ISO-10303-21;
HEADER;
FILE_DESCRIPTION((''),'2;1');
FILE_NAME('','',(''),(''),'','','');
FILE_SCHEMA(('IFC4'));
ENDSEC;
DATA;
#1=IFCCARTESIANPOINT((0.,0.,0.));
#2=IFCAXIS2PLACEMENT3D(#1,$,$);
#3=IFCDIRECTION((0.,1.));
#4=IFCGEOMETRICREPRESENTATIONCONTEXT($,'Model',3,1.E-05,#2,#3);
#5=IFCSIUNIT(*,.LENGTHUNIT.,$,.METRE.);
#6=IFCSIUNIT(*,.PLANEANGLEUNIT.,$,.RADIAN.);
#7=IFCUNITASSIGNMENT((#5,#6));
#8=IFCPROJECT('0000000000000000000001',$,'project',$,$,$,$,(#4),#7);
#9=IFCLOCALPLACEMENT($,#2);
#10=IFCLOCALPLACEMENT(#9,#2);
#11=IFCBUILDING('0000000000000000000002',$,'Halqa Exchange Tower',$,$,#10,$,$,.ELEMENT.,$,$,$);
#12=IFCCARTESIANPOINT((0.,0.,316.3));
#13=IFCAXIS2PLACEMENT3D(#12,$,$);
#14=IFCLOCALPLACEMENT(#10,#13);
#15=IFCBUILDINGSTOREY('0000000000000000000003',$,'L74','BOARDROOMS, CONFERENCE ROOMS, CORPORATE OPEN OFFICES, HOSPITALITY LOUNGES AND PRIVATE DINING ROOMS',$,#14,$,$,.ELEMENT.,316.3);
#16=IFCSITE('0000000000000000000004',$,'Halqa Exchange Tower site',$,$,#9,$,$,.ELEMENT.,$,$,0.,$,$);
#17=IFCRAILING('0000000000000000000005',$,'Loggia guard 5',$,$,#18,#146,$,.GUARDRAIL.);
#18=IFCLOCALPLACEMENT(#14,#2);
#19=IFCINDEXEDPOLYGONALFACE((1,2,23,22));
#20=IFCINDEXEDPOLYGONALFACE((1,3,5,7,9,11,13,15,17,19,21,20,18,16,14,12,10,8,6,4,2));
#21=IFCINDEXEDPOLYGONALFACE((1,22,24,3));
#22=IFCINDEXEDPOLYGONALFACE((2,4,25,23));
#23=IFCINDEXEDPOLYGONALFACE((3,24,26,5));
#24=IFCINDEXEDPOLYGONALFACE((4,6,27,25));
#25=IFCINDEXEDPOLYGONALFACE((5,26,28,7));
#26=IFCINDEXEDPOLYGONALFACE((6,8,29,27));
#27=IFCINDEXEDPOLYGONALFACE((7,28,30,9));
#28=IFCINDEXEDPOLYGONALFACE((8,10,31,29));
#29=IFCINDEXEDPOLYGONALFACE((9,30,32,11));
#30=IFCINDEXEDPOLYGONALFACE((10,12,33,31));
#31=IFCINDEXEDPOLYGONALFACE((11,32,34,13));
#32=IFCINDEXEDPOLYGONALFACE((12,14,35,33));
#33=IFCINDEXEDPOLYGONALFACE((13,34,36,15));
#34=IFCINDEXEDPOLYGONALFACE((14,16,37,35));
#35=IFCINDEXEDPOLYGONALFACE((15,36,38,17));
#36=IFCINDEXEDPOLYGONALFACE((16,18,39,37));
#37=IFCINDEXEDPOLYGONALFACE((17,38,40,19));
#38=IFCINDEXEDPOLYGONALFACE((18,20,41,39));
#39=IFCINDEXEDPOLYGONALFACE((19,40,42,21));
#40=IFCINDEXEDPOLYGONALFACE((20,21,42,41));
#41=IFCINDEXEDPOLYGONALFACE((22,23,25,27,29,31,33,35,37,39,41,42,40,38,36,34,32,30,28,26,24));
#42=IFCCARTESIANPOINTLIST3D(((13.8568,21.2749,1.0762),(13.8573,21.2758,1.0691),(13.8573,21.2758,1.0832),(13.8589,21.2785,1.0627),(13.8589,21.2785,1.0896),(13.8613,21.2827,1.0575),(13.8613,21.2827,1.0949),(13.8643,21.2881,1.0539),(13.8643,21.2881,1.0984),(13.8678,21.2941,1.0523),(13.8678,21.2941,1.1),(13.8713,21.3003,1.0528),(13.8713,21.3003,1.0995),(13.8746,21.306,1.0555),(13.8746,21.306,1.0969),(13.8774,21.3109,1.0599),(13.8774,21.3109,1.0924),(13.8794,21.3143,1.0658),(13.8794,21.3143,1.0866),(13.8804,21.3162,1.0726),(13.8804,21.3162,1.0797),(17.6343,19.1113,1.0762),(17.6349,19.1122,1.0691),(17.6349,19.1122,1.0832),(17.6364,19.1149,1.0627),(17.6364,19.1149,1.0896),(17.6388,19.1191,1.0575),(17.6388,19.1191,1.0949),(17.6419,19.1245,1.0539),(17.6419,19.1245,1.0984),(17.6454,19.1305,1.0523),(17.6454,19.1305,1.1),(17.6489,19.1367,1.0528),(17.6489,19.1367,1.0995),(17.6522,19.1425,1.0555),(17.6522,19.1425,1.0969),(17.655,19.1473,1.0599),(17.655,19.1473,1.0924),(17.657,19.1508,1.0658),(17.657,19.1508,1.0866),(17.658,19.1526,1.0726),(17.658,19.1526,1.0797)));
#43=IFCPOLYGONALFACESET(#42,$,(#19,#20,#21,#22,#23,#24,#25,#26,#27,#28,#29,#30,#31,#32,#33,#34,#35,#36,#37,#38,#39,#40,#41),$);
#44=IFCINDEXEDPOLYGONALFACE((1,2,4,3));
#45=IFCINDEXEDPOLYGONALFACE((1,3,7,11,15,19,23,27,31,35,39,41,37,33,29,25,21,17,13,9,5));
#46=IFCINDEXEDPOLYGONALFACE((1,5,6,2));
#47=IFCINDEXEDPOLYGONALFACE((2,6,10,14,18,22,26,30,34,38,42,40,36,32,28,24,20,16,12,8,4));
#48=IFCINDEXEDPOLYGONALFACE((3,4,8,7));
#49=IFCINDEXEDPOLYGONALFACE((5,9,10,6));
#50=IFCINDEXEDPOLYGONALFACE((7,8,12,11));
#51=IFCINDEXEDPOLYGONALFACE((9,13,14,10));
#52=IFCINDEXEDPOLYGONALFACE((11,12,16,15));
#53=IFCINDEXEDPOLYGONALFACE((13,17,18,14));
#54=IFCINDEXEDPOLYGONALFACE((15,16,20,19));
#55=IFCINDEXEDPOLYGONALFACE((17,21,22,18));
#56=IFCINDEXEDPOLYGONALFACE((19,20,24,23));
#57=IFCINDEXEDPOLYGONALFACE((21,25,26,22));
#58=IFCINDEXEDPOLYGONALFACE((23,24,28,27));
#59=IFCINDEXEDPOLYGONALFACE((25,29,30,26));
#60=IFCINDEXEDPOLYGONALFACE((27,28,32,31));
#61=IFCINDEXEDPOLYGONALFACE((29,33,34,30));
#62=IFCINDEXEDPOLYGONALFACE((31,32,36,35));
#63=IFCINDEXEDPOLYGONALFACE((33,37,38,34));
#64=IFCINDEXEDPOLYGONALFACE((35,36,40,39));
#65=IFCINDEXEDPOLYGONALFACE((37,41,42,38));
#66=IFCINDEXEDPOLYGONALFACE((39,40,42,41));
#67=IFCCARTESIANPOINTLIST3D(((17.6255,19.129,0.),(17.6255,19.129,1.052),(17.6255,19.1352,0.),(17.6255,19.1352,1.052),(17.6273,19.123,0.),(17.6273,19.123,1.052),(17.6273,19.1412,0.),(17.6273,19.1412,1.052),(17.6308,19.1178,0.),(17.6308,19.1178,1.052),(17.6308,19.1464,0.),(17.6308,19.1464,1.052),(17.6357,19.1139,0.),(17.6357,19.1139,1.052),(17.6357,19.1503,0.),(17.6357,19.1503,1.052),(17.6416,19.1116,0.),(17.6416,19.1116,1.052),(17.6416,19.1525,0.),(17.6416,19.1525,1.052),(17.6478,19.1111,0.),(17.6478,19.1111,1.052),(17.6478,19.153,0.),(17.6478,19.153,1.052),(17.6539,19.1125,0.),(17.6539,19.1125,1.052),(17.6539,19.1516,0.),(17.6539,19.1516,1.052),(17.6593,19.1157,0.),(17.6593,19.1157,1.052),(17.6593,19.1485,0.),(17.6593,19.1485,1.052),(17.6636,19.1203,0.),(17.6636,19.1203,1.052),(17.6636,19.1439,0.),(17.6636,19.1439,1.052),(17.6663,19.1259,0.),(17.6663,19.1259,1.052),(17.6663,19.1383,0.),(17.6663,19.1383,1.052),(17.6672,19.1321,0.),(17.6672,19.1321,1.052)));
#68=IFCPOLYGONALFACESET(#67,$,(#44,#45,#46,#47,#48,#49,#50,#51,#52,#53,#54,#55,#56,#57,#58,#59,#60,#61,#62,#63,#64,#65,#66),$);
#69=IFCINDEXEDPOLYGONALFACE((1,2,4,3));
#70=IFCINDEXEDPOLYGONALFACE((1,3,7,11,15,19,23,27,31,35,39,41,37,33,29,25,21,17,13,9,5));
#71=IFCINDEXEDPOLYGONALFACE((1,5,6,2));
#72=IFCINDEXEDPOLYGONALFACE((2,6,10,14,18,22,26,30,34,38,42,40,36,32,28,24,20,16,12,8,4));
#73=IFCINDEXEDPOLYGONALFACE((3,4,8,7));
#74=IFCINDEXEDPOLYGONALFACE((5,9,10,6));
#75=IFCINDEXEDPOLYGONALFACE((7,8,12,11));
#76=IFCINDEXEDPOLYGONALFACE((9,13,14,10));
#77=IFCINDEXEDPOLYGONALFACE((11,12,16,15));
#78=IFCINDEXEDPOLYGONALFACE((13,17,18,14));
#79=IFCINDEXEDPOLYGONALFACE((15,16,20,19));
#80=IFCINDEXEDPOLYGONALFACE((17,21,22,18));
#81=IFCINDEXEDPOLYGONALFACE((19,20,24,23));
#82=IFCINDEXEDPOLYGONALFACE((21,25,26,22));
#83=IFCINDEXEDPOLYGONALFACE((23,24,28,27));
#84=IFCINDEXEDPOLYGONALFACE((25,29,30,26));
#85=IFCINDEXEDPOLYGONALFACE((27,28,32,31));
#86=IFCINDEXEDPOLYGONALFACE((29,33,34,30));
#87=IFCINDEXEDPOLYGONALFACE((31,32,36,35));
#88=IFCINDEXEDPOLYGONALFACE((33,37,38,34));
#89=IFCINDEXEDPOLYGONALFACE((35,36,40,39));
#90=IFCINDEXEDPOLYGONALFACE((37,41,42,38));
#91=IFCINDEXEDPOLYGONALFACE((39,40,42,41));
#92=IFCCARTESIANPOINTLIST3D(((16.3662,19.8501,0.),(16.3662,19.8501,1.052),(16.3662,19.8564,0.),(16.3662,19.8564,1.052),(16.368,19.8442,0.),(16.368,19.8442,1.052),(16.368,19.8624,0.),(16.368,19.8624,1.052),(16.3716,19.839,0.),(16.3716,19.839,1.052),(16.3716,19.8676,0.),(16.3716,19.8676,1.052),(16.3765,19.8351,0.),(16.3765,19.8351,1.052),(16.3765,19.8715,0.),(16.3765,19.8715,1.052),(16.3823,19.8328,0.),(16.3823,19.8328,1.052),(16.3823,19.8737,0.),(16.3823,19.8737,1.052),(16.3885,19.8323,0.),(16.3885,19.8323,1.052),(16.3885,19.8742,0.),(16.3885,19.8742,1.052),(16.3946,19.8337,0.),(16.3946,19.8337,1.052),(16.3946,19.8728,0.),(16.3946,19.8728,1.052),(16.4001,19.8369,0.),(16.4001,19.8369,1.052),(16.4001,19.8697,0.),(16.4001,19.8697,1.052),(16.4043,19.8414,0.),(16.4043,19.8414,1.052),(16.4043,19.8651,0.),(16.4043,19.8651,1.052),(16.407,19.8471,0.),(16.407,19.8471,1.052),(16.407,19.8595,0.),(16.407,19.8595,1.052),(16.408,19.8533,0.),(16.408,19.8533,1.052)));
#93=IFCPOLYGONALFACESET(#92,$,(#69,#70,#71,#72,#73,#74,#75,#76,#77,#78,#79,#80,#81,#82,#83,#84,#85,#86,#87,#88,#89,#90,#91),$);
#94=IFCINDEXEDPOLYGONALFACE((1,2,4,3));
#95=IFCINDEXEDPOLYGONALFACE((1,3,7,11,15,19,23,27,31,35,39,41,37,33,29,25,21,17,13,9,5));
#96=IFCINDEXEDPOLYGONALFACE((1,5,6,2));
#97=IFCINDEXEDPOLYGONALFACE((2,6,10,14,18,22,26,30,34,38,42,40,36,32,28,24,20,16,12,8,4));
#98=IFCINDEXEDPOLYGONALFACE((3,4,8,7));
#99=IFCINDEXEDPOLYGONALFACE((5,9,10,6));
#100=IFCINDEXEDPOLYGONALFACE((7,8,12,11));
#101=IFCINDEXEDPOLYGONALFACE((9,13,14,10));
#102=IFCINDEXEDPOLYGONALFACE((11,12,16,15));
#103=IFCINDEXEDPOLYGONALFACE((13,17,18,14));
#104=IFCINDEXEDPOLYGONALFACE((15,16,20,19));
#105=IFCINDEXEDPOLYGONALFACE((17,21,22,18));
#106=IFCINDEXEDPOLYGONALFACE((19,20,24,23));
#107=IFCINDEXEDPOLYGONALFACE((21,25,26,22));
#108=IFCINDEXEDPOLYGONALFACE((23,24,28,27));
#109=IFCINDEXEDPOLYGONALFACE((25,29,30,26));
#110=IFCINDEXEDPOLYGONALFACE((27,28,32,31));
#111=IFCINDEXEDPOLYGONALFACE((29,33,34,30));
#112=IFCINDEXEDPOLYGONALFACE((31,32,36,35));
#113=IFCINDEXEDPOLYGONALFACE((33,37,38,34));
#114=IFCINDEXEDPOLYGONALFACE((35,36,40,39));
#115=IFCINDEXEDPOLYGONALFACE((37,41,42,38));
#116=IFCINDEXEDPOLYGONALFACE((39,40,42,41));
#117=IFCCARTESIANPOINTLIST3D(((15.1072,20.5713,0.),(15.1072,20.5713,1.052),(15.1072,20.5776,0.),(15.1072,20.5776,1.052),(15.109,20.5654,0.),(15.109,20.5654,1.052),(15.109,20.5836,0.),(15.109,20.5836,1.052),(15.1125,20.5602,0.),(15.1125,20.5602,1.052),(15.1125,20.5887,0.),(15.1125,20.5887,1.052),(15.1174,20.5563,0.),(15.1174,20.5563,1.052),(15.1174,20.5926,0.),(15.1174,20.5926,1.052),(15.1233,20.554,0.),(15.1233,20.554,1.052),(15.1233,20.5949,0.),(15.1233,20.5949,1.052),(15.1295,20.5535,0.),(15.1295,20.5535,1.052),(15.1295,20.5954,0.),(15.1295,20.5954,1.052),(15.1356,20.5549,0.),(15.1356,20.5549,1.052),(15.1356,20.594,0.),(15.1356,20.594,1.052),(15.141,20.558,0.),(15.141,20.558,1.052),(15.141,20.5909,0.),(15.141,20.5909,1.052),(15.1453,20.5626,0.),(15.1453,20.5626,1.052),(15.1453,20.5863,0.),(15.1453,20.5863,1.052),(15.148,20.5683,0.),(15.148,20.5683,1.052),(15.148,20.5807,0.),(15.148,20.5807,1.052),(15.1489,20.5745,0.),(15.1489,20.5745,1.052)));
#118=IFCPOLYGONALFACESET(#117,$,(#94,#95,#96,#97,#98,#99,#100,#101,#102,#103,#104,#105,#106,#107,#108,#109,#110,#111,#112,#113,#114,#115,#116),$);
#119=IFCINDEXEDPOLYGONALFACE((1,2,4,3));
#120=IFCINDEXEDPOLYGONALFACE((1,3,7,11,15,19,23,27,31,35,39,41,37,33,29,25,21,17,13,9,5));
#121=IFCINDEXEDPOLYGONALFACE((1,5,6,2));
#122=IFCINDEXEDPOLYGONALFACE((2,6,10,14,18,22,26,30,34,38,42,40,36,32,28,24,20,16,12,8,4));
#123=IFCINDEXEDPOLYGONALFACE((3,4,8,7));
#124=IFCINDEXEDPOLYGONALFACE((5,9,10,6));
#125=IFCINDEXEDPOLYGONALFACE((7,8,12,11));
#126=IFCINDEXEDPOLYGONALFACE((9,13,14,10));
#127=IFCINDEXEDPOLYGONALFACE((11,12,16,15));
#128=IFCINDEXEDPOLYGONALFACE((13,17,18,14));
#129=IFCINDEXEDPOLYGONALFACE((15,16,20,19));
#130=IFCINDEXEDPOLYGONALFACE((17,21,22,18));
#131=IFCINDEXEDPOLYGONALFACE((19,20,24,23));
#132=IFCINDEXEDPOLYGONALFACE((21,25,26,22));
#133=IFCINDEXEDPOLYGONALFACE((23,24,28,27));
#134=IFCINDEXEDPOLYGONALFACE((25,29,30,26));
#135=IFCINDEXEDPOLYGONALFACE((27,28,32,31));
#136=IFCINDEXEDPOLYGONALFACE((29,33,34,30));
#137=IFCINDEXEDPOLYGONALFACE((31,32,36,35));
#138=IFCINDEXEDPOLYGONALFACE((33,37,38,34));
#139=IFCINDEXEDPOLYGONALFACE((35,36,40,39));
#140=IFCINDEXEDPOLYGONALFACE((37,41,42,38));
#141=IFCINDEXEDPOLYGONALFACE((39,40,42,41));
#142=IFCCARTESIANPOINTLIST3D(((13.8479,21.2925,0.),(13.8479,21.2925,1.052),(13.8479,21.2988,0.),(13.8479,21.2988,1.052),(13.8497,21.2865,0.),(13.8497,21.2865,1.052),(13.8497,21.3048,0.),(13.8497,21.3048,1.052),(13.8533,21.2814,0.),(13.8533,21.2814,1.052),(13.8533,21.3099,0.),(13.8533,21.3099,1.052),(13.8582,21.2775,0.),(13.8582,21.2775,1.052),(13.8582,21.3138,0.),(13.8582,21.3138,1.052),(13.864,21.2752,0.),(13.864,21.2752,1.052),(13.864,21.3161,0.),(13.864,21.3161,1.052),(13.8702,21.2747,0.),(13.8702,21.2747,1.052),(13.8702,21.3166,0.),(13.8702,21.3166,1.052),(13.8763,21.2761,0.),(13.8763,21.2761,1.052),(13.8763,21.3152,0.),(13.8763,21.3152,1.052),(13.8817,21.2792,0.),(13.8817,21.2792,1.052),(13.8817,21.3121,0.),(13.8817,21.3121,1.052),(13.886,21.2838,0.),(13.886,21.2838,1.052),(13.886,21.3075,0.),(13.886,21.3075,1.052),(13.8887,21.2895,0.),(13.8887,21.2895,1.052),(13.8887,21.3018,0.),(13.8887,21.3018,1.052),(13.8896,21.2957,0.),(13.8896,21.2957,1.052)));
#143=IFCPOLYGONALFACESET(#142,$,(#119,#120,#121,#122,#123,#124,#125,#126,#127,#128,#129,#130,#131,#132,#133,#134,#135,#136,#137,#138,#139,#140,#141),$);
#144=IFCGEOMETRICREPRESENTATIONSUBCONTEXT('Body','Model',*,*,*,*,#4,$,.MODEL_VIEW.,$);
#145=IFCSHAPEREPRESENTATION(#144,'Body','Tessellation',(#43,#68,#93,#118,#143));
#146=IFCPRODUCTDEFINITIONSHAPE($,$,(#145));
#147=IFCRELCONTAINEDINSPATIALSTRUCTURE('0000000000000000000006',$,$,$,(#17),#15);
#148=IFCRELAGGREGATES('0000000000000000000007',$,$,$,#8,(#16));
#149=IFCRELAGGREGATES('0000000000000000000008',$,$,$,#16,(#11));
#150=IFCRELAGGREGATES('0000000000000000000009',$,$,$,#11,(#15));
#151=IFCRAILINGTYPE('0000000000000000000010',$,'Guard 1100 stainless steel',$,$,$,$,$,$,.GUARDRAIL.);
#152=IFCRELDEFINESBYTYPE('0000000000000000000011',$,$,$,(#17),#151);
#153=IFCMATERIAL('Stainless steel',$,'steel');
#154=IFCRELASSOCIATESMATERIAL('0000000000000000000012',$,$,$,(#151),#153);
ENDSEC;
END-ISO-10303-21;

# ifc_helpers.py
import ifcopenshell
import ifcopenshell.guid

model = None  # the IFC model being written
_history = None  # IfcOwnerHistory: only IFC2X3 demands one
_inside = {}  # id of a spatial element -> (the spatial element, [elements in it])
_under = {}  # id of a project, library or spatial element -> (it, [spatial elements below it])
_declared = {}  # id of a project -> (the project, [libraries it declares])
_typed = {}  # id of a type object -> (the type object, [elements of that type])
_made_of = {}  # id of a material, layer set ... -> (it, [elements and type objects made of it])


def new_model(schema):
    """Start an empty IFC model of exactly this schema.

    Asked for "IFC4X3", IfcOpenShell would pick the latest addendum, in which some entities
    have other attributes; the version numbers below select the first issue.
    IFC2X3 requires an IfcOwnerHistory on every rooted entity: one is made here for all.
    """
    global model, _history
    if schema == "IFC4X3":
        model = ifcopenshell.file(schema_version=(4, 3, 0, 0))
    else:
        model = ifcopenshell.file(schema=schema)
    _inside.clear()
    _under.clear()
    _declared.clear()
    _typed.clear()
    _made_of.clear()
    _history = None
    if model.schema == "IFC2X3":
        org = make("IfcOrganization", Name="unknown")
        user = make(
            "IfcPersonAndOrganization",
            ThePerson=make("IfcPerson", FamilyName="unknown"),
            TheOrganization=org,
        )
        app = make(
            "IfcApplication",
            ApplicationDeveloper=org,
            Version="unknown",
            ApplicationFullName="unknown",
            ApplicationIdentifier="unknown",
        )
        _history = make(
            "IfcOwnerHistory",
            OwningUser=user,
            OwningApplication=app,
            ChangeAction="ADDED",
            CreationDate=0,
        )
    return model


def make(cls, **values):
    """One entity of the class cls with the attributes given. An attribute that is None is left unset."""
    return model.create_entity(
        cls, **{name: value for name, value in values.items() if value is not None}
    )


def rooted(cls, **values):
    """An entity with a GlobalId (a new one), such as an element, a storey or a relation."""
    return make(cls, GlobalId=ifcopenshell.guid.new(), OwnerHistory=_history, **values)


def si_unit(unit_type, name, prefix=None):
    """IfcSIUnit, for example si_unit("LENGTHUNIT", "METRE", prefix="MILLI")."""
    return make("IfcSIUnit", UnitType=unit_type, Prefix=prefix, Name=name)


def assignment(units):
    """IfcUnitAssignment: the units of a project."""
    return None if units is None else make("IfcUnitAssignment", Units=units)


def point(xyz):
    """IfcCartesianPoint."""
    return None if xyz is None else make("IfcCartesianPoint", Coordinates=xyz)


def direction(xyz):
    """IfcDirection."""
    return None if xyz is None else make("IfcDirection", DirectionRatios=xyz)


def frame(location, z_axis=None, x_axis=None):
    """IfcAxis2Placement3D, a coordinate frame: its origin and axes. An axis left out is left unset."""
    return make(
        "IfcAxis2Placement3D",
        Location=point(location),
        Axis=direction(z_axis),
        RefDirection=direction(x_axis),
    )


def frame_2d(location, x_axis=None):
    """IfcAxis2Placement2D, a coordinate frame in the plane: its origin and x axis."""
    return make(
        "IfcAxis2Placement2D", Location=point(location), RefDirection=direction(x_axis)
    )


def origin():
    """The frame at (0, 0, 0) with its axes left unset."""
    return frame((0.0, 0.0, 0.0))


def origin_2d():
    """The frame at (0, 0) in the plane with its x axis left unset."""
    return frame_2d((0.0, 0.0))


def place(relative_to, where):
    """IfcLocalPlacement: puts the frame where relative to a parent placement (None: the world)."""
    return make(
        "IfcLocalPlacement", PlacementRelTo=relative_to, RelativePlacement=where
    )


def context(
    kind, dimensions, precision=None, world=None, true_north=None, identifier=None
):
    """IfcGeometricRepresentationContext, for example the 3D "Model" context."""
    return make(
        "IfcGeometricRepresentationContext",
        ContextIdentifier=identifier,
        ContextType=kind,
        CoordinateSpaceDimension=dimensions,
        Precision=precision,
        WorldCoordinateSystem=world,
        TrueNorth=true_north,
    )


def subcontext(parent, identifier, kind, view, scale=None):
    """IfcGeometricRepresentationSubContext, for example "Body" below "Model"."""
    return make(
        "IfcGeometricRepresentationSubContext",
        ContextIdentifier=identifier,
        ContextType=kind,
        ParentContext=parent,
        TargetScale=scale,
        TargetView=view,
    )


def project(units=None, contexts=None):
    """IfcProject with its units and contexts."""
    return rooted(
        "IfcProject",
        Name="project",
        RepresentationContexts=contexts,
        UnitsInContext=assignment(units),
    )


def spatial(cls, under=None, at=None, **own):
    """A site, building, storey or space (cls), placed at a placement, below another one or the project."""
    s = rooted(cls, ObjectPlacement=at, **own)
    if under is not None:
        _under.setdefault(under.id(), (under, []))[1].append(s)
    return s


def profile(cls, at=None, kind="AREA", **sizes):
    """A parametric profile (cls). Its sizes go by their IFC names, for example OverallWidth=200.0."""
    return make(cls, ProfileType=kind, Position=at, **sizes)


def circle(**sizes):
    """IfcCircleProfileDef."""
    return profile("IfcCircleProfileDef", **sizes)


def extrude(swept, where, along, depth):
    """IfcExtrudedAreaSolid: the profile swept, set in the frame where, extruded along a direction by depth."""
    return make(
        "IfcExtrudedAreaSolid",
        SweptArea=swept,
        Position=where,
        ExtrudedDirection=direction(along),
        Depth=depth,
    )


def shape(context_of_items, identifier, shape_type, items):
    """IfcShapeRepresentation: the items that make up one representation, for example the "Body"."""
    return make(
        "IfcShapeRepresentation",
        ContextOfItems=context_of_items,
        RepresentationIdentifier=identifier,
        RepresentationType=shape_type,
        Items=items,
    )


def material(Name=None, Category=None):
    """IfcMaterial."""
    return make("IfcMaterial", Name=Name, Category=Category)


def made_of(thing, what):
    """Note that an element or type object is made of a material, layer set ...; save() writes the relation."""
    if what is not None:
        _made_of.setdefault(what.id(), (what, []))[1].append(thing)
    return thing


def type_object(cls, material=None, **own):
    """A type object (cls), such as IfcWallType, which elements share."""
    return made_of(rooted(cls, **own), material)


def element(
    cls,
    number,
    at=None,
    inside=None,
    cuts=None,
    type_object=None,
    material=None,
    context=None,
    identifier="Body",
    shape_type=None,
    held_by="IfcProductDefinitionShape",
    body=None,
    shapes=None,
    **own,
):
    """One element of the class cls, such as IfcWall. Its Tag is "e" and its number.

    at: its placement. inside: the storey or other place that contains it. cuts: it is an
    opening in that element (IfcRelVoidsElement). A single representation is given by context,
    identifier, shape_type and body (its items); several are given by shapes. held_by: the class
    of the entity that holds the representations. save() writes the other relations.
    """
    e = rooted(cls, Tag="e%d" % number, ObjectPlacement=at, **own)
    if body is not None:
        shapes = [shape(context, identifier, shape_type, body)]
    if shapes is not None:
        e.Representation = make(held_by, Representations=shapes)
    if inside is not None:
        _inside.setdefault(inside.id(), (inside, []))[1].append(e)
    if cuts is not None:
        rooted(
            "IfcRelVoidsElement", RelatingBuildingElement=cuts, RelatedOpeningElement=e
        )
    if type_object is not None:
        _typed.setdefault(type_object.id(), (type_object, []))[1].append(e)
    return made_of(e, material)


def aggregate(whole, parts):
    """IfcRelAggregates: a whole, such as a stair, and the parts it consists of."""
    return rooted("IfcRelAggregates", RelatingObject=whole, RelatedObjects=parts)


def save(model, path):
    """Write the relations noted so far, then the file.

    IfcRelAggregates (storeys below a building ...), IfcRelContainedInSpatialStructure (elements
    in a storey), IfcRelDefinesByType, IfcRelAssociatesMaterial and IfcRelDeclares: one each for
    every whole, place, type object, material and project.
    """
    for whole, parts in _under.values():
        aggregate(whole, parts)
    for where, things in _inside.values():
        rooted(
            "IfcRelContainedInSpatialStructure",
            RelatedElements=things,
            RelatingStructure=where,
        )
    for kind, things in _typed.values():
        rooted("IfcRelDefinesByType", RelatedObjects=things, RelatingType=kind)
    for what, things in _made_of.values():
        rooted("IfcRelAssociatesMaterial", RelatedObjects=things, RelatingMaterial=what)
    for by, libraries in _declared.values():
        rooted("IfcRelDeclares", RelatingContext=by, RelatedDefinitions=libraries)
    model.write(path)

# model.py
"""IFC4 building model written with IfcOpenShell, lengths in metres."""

from ifc_helpers import new_model, si_unit, direction, frame, origin, origin_2d, place, context, subcontext, project, spatial, circle, extrude, material, type_object, element, save


model = new_model("IFC4")

# Units and contexts
model_context = context("Model", 3, precision=1e-05, world=origin(), true_north=direction((0.0, 1.0)))
body_context = subcontext(model_context, "Body", "Model", "MODEL_VIEW")
ifc_project = project(units=[si_unit("LENGTHUNIT", "METRE"), si_unit("PLANEANGLEUNIT", "RADIAN")], contexts=[model_context])

# Site, building, storey
site_placement = place(None, origin())
site = spatial("IfcSite", under=ifc_project, at=site_placement, Name="Halqa Exchange Tower site", CompositionType="ELEMENT", RefElevation=0.0)
building_placement = place(site_placement, origin())
building = spatial("IfcBuilding", under=site, at=building_placement, Name="Halqa Exchange Tower", CompositionType="ELEMENT")
storey_placement = place(building_placement, frame((0.0, 0.0, 316.3)))
storey = spatial("IfcBuildingStorey", under=building, at=storey_placement, Name="L74", Description="BOARDROOMS, CONFERENCE ROOMS, CORPORATE OPEN OFFICES, HOSPITALITY LOUNGES AND PRIVATE DINING ROOMS", CompositionType="ELEMENT", Elevation=316.3)

# Railing
ifc_material_1 = material(Name="Stainless steel", Category="steel")
railing_type = type_object("IfcRailingType", Name="Guard 1100 stainless steel", PredefinedType="GUARDRAIL", material=ifc_material_1)
railing_1_placement = place(storey_placement, frame((17.6462, 19.1321, 0.0)))
element("IfcRailing", 1, at=railing_1_placement, inside=storey, type_object=railing_type, Name="Loggia guard 5", PredefinedType="GUARDRAIL", context=body_context, shape_type="SweptSolid", body=[
    extrude(circle(Radius=0.0239, at=origin_2d()), frame((0.0, 0.0, 1.0762), z_axis=(-0.867753, 0.496996, 0.0), x_axis=(-0.496996, -0.867753, 0.0)), (0.0, 0.0, 1.0), 4.3533),
    extrude(circle(Radius=0.021, at=origin_2d()), origin(), (0.0, 0.0, 1.0), 1.052),
    extrude(circle(Radius=0.021, at=origin_2d()), frame((-1.2593, 0.7212, 0.0)), (0.0, 0.0, 1.0), 1.052),
    extrude(circle(Radius=0.021, at=origin_2d()), frame((-2.5183, 1.4424, 0.0)), (0.0, 0.0, 1.0), 1.052),
    extrude(circle(Radius=0.021, at=origin_2d()), frame((-3.7776, 2.1636, 0.0)), (0.0, 0.0, 1.0), 1.052),
])

save(model, "model.ifc")
